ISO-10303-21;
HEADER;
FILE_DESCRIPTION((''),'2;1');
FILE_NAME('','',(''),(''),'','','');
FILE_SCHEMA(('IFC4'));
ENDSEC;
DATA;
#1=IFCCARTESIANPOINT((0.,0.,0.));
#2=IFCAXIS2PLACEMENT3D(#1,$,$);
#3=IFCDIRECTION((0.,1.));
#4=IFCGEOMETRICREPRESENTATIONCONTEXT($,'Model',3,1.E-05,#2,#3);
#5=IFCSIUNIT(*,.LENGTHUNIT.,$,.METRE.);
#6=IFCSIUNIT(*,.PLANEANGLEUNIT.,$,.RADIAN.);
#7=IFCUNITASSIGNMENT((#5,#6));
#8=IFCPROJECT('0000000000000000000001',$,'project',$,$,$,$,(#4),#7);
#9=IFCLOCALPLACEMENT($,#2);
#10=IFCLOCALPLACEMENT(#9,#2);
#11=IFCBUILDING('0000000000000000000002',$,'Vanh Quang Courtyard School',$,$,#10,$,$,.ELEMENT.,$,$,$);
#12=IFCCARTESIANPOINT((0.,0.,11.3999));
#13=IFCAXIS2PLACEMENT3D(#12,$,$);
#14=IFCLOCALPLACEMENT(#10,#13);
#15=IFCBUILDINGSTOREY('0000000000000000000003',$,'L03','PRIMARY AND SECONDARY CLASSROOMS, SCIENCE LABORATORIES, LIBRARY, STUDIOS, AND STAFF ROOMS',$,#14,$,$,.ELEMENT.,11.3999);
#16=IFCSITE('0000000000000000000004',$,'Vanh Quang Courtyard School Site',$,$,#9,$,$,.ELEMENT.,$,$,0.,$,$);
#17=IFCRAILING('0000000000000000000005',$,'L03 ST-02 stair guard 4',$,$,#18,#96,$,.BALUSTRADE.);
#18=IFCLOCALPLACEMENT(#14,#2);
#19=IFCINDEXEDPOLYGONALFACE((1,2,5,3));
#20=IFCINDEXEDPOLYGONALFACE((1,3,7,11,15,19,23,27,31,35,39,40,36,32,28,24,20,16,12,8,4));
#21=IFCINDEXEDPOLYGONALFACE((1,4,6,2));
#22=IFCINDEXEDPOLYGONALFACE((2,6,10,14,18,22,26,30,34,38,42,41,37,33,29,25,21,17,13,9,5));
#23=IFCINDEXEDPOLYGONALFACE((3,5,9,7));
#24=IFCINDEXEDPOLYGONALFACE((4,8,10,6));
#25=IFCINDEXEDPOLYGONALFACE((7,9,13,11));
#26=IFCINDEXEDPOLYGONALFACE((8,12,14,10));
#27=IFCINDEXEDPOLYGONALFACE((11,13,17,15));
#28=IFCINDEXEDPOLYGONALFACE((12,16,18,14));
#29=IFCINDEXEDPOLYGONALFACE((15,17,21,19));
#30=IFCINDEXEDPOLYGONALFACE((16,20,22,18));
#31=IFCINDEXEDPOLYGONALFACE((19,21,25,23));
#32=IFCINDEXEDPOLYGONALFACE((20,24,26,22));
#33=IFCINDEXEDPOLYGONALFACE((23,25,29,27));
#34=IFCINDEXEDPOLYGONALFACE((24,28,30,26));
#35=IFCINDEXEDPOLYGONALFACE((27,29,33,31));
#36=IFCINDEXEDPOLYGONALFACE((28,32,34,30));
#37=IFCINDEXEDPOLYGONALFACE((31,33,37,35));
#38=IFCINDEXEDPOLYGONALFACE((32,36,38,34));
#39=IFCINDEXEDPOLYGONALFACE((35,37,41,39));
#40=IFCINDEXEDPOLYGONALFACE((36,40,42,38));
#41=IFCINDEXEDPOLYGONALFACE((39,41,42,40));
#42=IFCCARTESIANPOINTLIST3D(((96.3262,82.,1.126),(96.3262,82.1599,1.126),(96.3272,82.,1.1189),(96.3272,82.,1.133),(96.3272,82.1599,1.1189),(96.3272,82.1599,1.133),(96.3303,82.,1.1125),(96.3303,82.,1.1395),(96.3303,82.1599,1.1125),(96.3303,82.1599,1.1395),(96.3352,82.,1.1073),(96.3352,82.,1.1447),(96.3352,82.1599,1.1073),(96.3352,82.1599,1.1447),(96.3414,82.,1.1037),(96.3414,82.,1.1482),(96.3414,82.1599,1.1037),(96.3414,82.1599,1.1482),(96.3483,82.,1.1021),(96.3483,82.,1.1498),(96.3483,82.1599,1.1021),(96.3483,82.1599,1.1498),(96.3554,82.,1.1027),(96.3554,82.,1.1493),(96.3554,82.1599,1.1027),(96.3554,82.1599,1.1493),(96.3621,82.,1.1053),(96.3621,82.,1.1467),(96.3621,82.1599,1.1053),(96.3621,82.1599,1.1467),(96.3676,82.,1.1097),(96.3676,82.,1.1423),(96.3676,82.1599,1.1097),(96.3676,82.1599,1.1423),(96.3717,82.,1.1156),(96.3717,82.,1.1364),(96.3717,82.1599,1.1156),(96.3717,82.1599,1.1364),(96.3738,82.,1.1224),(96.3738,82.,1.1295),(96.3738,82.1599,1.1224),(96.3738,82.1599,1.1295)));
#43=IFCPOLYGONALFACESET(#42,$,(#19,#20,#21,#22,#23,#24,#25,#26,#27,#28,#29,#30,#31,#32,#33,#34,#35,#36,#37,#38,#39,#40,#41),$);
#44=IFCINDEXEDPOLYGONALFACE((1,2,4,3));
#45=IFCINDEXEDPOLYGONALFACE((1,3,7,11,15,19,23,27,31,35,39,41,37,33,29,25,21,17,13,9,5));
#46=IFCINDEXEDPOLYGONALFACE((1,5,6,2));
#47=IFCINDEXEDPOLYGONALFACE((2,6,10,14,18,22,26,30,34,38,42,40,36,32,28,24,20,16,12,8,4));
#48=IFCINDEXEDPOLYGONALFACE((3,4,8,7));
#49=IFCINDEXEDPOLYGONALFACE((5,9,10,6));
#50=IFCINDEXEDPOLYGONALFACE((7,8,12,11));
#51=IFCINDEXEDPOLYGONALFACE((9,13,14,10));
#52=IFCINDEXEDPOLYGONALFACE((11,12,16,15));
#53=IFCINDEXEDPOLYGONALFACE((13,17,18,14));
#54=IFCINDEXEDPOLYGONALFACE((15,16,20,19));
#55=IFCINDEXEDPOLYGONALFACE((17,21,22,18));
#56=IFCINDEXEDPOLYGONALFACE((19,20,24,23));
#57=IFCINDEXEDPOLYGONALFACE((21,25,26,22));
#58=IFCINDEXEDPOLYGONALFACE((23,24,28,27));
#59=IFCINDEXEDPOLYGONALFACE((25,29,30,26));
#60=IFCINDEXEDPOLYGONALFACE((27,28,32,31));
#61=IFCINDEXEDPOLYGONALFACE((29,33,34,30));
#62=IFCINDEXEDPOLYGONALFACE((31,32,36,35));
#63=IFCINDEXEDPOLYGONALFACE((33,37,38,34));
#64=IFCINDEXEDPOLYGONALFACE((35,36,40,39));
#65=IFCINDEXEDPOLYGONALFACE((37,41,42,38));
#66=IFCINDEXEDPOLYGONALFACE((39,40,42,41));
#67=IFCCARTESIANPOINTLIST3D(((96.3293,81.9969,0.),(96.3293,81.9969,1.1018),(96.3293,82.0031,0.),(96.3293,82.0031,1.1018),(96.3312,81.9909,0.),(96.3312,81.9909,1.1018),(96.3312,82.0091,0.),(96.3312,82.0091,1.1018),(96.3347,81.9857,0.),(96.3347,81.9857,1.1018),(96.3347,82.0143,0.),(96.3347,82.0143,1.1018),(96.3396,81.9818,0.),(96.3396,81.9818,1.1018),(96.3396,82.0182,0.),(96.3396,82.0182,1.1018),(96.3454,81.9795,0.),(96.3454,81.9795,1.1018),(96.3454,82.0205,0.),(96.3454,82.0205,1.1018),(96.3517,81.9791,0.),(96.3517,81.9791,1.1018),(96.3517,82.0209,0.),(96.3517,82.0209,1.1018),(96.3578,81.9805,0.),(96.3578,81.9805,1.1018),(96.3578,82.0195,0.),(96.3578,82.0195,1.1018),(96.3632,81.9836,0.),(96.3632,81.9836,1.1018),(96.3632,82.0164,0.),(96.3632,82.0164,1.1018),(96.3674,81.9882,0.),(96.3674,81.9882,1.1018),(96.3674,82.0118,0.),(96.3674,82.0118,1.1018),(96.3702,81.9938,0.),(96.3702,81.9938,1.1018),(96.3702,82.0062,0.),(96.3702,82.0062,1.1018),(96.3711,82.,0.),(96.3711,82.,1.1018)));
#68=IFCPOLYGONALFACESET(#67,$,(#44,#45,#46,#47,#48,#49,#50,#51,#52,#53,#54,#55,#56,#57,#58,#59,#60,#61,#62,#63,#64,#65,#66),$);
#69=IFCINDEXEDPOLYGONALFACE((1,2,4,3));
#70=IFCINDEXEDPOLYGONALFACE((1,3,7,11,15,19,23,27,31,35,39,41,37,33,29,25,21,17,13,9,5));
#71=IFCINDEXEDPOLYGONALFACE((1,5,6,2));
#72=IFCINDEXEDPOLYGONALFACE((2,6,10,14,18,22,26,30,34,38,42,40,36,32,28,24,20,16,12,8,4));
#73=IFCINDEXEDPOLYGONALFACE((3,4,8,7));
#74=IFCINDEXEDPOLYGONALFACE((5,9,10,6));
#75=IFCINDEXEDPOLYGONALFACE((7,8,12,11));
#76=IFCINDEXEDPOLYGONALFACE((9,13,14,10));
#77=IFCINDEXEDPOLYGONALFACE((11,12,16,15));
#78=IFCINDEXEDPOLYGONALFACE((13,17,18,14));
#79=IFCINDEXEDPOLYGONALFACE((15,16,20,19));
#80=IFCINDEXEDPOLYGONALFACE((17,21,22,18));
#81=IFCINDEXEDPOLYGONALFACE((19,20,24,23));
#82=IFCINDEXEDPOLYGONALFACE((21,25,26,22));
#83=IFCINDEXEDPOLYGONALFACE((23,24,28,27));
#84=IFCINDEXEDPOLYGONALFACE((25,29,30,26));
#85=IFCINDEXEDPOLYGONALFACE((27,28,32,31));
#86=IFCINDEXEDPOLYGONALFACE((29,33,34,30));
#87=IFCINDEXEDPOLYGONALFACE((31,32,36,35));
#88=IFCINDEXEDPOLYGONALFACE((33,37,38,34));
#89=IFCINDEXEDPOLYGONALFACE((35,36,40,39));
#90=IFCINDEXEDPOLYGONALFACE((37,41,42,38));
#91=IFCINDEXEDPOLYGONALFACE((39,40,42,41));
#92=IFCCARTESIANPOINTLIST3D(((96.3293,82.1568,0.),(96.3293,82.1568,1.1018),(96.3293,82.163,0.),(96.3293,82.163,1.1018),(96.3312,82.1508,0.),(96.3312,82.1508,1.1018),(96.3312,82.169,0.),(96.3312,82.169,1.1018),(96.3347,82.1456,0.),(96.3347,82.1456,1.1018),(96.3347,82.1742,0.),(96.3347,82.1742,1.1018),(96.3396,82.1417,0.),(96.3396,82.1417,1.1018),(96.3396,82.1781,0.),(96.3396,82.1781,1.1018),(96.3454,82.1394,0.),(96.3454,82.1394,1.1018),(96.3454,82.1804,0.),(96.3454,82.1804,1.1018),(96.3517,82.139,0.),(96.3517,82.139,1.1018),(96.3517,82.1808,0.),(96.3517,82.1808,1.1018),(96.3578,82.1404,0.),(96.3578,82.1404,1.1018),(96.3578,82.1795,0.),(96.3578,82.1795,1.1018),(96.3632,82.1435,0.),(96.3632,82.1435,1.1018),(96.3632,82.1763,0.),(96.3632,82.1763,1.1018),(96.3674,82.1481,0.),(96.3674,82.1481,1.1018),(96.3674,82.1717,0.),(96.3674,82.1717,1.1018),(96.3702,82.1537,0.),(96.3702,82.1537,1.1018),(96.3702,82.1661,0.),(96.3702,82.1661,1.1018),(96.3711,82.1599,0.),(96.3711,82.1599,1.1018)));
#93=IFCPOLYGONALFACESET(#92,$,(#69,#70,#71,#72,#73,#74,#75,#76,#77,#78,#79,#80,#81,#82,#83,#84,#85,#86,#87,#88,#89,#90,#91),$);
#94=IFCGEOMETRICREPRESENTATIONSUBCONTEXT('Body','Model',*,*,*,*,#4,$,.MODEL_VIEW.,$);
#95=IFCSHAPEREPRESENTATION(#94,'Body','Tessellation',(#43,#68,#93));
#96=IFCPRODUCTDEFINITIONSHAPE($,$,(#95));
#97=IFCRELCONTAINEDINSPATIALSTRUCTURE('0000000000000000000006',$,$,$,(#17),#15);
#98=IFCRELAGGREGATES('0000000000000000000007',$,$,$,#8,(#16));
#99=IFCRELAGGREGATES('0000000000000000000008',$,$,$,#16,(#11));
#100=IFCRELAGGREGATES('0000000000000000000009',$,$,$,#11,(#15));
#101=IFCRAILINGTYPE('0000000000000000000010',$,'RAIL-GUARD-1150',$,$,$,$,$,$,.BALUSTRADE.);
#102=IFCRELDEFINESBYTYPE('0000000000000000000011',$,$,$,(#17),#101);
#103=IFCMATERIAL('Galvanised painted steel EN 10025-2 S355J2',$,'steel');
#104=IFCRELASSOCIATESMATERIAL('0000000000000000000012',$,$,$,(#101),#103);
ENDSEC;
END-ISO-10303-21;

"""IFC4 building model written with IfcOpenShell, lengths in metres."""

from ifc_helpers import new_model, si_unit, direction, frame, origin, origin_2d, place, context, subcontext, project, spatial, circle, extrude, material, type_object, element, save


model = new_model("IFC4")

# Units and contexts
model_context = context("Model", 3, precision=1e-05, world=origin(), true_north=direction((0.0, 1.0)))
body_context = subcontext(model_context, "Body", "Model", "MODEL_VIEW")
ifc_project = project(units=[si_unit("LENGTHUNIT", "METRE"), si_unit("PLANEANGLEUNIT", "RADIAN")], contexts=[model_context])

# Site, building, storey
site_placement = place(None, origin())
site = spatial("IfcSite", under=ifc_project, at=site_placement, Name="Vanh Quang Courtyard School Site", CompositionType="ELEMENT", RefElevation=0.0)
building_placement = place(site_placement, origin())
building = spatial("IfcBuilding", under=site, at=building_placement, Name="Vanh Quang Courtyard School", CompositionType="ELEMENT")
storey_placement = place(building_placement, frame((0.0, 0.0, 11.3999)))
storey = spatial("IfcBuildingStorey", under=building, at=storey_placement, Name="L03", Description="PRIMARY AND SECONDARY CLASSROOMS, SCIENCE LABORATORIES, LIBRARY, STUDIOS, AND STAFF ROOMS", CompositionType="ELEMENT", Elevation=11.3999)

# Railing
ifc_material_1 = material(Name="Galvanised painted steel EN 10025-2 S355J2", Category="steel")
railing_type_1 = type_object("IfcRailingType", Name="RAIL-GUARD-1150", PredefinedType="BALUSTRADE", material=ifc_material_1)
railing_1_placement = place(storey_placement, frame((96.3501, 82.0, 0.0)))
element("IfcRailing", 1, at=railing_1_placement, inside=storey, type_object=railing_type_1, Name="L03 ST-02 stair guard 4", PredefinedType="BALUSTRADE", context=body_context, shape_type="SweptSolid", body=[
    extrude(circle(Radius=0.0239, at=origin_2d()), frame((0.0, 0.0, 1.126), z_axis=(0.0, 1.0, 0.0), x_axis=(-1.0, 0.0, 0.0)), (0.0, 0.0, 1.0), 0.1599),
    extrude(circle(Radius=0.021, at=origin_2d()), origin(), (0.0, 0.0, 1.0), 1.1018),
    extrude(circle(Radius=0.021, at=origin_2d()), frame((0.0, 0.1599, 0.0)), (0.0, 0.0, 1.0), 1.1018),
])

save(model, "model.ifc")
